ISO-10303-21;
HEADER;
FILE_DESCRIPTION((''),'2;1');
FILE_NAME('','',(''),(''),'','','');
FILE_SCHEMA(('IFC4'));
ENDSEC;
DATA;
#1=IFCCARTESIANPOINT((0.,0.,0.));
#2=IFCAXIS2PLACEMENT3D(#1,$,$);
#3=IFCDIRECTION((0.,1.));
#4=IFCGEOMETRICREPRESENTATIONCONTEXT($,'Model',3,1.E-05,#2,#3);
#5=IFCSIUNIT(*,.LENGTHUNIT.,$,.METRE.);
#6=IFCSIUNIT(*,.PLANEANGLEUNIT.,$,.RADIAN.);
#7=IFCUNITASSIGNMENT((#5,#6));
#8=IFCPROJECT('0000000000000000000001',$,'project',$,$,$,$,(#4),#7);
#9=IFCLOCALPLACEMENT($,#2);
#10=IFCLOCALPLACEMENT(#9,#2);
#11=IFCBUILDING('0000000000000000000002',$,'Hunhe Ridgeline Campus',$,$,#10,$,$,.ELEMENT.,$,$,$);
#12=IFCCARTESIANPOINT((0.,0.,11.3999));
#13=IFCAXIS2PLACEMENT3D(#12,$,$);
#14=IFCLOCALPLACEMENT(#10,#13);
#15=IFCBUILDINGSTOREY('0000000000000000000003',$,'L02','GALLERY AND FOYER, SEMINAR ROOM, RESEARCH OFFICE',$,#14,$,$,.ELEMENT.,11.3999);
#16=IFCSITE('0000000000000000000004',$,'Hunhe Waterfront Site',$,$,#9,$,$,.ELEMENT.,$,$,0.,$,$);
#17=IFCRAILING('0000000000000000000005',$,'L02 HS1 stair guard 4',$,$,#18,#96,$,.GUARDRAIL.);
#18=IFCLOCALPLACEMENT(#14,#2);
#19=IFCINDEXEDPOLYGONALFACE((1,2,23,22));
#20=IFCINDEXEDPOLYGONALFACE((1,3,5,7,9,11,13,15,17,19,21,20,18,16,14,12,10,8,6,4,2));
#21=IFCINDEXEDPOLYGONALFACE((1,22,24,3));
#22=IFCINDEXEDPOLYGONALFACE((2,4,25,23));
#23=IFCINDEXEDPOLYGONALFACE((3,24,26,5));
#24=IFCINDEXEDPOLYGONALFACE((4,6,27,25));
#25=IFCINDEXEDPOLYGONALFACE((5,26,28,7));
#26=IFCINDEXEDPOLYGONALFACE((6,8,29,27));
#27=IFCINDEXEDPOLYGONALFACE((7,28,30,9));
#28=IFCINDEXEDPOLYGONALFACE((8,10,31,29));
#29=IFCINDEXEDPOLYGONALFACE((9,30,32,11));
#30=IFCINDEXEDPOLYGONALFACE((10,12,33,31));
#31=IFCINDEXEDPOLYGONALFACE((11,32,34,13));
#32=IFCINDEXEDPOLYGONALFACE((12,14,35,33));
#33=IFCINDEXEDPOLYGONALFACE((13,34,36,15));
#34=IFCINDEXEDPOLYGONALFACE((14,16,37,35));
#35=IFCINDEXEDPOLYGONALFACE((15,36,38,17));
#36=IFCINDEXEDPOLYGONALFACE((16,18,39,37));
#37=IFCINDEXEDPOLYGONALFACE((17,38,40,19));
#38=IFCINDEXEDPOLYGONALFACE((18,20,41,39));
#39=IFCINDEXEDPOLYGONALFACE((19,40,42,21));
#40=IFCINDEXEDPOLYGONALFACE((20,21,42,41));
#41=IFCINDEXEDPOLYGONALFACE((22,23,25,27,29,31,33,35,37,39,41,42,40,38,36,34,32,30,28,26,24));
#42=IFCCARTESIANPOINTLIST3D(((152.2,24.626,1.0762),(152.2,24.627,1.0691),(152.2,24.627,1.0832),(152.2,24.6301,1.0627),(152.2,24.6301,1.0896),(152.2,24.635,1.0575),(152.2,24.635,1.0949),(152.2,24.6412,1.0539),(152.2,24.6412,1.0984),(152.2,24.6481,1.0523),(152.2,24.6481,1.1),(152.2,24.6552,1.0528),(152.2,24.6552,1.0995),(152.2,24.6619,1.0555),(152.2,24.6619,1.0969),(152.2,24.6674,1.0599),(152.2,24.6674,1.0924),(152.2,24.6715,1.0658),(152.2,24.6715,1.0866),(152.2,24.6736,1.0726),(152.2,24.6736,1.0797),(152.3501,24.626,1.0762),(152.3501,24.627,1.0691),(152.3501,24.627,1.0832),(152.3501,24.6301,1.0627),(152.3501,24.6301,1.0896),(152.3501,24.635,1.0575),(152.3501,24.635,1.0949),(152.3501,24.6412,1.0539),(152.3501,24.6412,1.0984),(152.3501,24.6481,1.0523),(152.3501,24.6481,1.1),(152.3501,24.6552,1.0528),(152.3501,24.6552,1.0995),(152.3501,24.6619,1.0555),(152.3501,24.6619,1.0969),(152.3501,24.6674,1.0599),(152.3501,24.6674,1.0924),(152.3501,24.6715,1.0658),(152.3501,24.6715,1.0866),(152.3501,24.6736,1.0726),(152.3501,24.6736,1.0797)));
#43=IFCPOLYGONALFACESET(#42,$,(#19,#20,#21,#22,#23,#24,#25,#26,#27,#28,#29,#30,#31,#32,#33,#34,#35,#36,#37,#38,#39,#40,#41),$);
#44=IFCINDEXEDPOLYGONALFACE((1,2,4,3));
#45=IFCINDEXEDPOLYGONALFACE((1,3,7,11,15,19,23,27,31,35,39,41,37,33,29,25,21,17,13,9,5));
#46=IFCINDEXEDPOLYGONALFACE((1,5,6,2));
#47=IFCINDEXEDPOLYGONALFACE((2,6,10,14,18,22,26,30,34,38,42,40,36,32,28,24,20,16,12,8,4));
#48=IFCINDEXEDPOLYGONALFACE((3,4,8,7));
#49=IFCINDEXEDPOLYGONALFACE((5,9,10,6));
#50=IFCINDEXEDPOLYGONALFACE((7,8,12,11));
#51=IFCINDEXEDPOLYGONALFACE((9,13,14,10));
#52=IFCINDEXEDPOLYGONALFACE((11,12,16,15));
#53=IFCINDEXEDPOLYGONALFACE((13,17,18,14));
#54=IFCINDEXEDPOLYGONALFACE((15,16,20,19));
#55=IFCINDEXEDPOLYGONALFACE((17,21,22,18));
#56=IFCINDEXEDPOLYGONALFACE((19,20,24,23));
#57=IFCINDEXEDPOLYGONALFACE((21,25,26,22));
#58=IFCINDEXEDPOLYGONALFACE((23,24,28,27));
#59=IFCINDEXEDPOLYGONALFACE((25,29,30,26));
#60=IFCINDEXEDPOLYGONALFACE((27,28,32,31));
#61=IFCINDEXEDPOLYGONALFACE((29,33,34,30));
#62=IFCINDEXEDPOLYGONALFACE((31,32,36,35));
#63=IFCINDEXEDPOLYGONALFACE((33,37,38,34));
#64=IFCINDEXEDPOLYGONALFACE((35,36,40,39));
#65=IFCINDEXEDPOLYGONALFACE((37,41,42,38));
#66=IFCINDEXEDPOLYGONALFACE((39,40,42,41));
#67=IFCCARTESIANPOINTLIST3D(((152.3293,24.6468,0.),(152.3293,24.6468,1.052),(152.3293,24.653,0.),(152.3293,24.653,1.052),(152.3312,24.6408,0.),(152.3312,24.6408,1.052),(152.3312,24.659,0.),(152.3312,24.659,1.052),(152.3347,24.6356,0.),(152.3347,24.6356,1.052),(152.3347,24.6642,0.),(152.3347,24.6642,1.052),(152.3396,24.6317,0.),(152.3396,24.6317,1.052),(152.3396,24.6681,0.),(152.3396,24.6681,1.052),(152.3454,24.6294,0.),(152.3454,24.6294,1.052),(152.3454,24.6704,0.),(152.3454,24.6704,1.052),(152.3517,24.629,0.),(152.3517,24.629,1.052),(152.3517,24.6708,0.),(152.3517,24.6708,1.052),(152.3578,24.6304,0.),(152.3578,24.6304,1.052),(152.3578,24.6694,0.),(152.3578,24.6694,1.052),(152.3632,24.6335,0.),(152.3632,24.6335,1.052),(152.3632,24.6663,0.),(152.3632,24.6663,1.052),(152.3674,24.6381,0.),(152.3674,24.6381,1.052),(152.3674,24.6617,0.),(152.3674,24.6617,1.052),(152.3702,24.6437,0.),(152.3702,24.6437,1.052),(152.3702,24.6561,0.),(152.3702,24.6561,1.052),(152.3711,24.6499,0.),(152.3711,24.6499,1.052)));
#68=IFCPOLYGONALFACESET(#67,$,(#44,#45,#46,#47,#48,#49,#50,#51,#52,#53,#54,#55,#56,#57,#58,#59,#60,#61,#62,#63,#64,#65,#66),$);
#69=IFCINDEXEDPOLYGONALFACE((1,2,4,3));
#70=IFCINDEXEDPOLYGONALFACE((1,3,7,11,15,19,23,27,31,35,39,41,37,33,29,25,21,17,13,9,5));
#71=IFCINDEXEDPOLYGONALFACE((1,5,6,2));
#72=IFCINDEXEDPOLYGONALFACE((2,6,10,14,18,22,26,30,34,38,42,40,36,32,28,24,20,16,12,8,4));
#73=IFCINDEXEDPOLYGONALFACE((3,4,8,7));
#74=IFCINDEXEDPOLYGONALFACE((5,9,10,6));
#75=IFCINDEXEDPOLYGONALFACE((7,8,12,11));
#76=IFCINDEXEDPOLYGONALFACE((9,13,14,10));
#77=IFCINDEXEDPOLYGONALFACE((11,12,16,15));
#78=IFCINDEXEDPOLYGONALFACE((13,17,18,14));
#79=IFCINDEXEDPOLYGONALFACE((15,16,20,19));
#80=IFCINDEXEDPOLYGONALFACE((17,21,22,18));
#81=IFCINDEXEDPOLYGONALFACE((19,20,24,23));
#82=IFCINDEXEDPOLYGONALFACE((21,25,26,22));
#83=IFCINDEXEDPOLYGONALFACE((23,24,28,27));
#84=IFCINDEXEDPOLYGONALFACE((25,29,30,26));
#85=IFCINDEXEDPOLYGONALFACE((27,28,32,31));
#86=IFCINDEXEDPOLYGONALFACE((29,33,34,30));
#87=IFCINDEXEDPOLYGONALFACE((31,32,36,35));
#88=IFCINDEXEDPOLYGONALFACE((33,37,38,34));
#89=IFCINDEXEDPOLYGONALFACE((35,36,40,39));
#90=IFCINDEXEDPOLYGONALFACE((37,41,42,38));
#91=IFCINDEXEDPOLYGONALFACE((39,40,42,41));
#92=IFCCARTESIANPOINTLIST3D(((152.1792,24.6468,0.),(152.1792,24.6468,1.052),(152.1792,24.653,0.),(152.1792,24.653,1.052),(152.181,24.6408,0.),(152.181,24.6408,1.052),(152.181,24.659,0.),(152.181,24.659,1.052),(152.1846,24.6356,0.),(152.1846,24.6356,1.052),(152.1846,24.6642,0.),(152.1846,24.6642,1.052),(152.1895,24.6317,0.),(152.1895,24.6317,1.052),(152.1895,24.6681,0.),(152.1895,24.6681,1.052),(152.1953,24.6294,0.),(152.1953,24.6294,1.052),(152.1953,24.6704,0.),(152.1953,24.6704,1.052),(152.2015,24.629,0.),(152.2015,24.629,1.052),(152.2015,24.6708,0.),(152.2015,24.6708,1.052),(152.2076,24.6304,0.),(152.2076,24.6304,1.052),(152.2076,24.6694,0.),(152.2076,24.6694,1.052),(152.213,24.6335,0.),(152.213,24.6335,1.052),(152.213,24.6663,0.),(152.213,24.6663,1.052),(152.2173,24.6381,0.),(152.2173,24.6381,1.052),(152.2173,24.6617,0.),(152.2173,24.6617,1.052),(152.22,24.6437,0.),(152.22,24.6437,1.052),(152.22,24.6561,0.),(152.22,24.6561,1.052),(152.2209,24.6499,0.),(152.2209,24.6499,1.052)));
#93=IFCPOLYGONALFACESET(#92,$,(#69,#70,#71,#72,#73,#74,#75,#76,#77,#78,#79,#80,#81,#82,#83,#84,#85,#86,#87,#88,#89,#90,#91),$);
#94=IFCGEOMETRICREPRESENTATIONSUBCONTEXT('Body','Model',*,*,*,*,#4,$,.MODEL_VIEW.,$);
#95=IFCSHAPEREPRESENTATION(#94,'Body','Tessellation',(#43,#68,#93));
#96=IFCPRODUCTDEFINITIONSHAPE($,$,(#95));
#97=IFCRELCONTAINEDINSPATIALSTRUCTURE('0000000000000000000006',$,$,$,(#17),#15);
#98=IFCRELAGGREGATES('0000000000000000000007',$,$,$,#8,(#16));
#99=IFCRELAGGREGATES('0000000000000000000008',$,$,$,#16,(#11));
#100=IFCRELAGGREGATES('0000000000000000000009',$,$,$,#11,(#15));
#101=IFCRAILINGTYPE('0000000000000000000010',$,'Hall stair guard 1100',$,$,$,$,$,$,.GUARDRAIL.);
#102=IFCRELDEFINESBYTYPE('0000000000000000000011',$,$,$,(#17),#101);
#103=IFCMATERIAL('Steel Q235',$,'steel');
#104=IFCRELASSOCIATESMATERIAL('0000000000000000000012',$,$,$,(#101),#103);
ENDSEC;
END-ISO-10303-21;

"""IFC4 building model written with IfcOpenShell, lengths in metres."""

from ifc_helpers import new_model, si_unit, direction, frame, origin, origin_2d, place, context, subcontext, project, spatial, circle, extrude, material, type_object, element, save


model = new_model("IFC4")

# Units and contexts
model_context = context("Model", 3, precision=1e-05, world=origin(), true_north=direction((0.0, 1.0)))
body_context = subcontext(model_context, "Body", "Model", "MODEL_VIEW")
ifc_project = project(units=[si_unit("LENGTHUNIT", "METRE"), si_unit("PLANEANGLEUNIT", "RADIAN")], contexts=[model_context])

# Site, building, storey
site_placement = place(None, origin())
site = spatial("IfcSite", under=ifc_project, at=site_placement, Name="Hunhe Waterfront Site", CompositionType="ELEMENT", RefElevation=0.0)
building_placement = place(site_placement, origin())
building = spatial("IfcBuilding", under=site, at=building_placement, Name="Hunhe Ridgeline Campus", CompositionType="ELEMENT")
storey_placement = place(building_placement, frame((0.0, 0.0, 11.3999)))
storey = spatial("IfcBuildingStorey", under=building, at=storey_placement, Name="L02", Description="GALLERY AND FOYER, SEMINAR ROOM, RESEARCH OFFICE", CompositionType="ELEMENT", Elevation=11.3999)

# Shared definitions
ifc_material_1 = material(Name="Steel Q235", Category="steel")

# Railing
railing_type_1 = type_object("IfcRailingType", Name="Hall stair guard 1100", PredefinedType="GUARDRAIL", material=ifc_material_1)
railing_1_placement = place(storey_placement, frame((152.3501, 24.6499, 0.0)))
element("IfcRailing", 1, at=railing_1_placement, inside=storey, type_object=railing_type_1, Name="L02 HS1 stair guard 4", PredefinedType="GUARDRAIL", context=body_context, shape_type="SweptSolid", body=[
    extrude(circle(Radius=0.0239, at=origin_2d()), frame((0.0, 0.0, 1.0762), z_axis=(-1.0, 0.0, 0.0), x_axis=(0.0, -1.0, 0.0)), (0.0, 0.0, 1.0), 0.1501),
    extrude(circle(Radius=0.021, at=origin_2d()), origin(), (0.0, 0.0, 1.0), 1.052),
    extrude(circle(Radius=0.021, at=origin_2d()), frame((-0.1501, 0.0, 0.0)), (0.0, 0.0, 1.0), 1.052),
])

save(model, "model.ifc")
